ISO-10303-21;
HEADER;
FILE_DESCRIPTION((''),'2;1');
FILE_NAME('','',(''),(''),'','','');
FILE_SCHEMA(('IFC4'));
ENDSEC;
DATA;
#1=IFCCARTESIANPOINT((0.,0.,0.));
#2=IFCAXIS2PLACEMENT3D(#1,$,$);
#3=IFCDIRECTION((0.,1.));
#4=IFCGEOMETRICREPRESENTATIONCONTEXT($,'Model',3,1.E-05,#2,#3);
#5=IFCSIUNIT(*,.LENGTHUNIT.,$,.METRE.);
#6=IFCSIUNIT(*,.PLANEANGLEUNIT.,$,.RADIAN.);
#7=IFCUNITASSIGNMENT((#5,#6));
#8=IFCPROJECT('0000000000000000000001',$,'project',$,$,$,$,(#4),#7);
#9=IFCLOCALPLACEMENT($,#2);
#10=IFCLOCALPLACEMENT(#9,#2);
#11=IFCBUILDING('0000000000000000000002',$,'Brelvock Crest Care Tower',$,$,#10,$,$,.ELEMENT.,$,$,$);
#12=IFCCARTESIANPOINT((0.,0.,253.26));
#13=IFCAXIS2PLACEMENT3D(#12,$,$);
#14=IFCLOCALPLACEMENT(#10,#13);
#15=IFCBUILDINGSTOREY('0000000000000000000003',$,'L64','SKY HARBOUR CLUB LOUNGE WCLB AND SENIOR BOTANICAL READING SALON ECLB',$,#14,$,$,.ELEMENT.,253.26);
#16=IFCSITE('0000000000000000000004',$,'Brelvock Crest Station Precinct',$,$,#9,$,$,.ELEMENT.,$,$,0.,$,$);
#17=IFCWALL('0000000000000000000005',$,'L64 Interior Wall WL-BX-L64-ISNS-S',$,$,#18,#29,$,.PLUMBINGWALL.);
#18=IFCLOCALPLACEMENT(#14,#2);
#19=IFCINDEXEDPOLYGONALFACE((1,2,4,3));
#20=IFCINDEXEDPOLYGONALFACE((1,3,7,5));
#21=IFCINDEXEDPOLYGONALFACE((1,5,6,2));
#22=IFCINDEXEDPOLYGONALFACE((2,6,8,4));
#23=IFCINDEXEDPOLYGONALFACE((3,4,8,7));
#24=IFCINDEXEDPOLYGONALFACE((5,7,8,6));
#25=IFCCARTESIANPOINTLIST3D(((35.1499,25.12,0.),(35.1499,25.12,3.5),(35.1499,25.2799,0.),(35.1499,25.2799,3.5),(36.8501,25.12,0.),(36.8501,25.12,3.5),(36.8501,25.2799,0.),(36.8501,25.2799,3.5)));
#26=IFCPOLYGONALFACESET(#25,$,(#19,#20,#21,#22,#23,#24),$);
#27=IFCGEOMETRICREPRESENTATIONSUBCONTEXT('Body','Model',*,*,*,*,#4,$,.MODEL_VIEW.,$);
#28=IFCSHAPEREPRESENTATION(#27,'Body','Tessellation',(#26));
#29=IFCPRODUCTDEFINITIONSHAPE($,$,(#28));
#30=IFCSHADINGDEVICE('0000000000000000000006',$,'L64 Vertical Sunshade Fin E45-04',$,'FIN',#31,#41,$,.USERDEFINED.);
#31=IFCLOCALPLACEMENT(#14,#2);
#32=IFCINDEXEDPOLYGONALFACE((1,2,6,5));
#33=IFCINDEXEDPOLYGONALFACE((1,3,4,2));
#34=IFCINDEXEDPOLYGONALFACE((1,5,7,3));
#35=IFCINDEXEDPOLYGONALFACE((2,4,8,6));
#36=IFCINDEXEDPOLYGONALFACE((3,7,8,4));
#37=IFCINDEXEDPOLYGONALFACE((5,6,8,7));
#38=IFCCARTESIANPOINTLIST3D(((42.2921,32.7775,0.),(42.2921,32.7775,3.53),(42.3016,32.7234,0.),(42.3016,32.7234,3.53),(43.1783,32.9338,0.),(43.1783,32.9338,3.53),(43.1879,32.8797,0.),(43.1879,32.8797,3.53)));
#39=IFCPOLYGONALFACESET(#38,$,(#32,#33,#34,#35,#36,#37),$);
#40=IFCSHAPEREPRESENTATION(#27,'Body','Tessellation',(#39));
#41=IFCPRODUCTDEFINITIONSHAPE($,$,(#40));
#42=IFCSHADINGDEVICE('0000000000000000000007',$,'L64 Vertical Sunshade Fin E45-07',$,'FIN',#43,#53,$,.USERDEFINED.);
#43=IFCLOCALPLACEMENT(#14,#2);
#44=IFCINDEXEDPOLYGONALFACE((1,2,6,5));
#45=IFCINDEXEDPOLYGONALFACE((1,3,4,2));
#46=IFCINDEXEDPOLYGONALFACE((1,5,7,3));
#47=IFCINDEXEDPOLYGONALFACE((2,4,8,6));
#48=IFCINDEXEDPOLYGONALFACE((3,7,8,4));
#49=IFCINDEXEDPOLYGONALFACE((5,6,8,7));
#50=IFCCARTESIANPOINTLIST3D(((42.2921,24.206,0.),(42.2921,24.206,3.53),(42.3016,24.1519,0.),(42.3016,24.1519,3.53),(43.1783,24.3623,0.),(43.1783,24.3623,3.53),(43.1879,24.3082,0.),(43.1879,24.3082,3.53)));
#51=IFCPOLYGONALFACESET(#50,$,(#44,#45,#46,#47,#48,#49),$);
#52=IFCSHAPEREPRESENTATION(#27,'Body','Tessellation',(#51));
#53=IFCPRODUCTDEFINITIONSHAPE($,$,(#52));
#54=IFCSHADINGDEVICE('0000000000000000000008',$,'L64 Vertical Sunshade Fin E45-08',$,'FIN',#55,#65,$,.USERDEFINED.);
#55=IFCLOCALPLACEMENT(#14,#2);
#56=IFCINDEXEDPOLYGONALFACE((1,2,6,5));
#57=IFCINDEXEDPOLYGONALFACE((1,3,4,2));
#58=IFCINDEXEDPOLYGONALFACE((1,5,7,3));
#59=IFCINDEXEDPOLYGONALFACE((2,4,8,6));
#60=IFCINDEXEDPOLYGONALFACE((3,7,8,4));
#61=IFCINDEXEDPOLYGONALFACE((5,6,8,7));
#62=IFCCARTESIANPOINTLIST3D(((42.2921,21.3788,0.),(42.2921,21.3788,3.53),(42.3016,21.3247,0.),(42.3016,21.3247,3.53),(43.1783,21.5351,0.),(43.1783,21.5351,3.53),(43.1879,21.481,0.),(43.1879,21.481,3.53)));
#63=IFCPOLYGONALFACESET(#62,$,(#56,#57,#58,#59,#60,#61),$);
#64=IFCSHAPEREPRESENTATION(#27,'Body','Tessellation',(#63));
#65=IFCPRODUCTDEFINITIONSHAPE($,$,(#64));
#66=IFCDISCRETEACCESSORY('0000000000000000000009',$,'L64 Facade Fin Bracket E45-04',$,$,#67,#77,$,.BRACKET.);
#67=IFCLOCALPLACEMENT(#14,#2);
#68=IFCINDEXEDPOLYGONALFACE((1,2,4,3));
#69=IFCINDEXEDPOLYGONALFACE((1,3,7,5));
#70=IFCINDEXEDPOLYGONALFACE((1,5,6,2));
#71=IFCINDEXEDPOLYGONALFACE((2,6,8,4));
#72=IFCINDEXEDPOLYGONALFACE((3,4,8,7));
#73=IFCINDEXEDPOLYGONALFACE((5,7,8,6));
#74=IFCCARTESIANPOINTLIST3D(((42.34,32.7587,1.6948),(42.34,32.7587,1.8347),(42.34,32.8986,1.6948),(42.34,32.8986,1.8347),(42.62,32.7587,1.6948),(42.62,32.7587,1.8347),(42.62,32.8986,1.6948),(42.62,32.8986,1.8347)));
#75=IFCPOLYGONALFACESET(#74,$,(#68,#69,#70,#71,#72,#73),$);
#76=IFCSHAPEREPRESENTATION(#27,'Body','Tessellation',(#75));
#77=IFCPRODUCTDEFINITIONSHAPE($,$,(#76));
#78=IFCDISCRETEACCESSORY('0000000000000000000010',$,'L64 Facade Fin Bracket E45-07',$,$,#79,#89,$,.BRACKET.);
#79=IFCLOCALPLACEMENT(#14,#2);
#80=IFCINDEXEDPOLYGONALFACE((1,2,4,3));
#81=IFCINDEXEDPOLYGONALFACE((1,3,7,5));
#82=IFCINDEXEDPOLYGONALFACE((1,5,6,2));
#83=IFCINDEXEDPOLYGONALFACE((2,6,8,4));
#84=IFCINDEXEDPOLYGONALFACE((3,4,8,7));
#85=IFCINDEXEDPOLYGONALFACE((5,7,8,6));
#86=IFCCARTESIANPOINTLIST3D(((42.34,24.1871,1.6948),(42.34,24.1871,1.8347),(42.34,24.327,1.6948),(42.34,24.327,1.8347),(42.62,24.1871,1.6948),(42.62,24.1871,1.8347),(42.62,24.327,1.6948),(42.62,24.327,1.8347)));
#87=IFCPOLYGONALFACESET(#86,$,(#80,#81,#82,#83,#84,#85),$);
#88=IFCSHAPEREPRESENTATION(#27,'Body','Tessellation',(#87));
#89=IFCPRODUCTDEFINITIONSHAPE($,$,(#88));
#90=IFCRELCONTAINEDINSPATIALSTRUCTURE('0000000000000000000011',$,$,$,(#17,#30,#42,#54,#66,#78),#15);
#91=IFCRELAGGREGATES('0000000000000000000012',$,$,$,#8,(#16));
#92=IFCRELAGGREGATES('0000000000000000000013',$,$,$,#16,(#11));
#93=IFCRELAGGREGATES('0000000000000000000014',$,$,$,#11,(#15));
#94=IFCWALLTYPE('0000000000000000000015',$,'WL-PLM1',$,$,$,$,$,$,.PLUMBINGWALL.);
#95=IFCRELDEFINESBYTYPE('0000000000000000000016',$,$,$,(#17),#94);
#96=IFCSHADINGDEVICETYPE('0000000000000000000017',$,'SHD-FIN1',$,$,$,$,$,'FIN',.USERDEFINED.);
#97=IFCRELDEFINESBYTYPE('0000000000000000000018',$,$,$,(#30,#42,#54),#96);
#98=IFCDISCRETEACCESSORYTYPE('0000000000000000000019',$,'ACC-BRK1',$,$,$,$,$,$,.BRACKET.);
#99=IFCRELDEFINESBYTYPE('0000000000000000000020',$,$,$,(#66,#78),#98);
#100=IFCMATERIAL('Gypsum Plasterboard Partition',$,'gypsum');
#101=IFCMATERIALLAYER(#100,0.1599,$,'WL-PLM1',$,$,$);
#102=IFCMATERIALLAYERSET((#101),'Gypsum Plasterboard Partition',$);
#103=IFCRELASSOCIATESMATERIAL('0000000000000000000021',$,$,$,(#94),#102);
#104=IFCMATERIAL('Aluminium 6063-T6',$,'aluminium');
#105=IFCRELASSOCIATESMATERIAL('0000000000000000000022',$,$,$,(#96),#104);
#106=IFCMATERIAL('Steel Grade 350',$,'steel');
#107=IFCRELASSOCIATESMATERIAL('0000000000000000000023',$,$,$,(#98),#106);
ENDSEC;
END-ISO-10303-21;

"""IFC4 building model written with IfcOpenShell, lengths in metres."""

from ifc_helpers import new_model, si_unit, direction, frame, frame_2d, origin, origin_2d, place, context, subcontext, project, spatial, rectangle, extrude, source, transform, mapped, material, layer, layer_set, material_profile, profile_set, type_object, element, save


model = new_model("IFC4")

# Units and contexts
model_context = context("Model", 3, precision=1e-05, world=origin(), true_north=direction((0.0, 1.0)))
body_context = subcontext(model_context, "Body", "Model", "MODEL_VIEW")
ifc_project = project(units=[si_unit("LENGTHUNIT", "METRE"), si_unit("PLANEANGLEUNIT", "RADIAN")], contexts=[model_context])

# Site, building, storey
site_placement = place(None, origin())
site = spatial("IfcSite", under=ifc_project, at=site_placement, Name="Brelvock Crest Station Precinct", CompositionType="ELEMENT", RefElevation=0.0)
building_placement = place(site_placement, origin())
building = spatial("IfcBuilding", under=site, at=building_placement, Name="Brelvock Crest Care Tower", CompositionType="ELEMENT")
storey_placement = place(building_placement, frame((0.0, 0.0, 253.26)))
storey = spatial("IfcBuildingStorey", under=building, at=storey_placement, Name="L64", Description="SKY HARBOUR CLUB LOUNGE WCLB AND SENIOR BOTANICAL READING SALON ECLB", CompositionType="ELEMENT", Elevation=253.26)

# Shared definitions
ifc_material_1 = material(Name="Aluminium 6063-T6", Category="aluminium")

# Wall
ifc_material_2 = material(Name="Gypsum Plasterboard Partition", Category="gypsum")
ifc_layer_1 = layer(ifc_material_2, 0.1599, Name="WL-PLM1")
ifc_layer_set_1 = layer_set([ifc_layer_1], Name="Gypsum Plasterboard Partition")
wall_type_1 = type_object("IfcWallType", Name="WL-PLM1", PredefinedType="PLUMBINGWALL", material=ifc_layer_set_1)
wall_1_placement = place(storey_placement, frame((35.1499, 25.2, 0.0), z_axis=(0.0, 0.0, 1.0), x_axis=(1.0, 0.0, 0.0)))
element("IfcWall", 1, at=wall_1_placement, inside=storey, type_object=wall_type_1, Name="L64 Interior Wall WL-BX-L64-ISNS-S", PredefinedType="PLUMBINGWALL", context=body_context, shape_type="SweptSolid", body=[
    extrude(rectangle(XDim=1.7002, YDim=0.1599, at=frame_2d((0.8501, 0.0))), origin(), (0.0, 0.0, 1.0), 3.5),
])

# Shading devices
ifc_material_profile_1 = material_profile(ifc_material_1, rectangle(XDim=0.0549, YDim=0.8999, at=origin_2d()), Name="FIN55x900")
ifc_profile_set_1 = profile_set([ifc_material_profile_1], Name="Aluminium 6063-T6")
shading_device_type = type_object("IfcShadingDeviceType", Name="SHD-FIN1", ElementType="FIN", PredefinedType="USERDEFINED", material=ifc_profile_set_1)
shared_shape_1 = source(origin(), body_context, "Body", "SweptSolid", [
    extrude(rectangle(XDim=0.0549, YDim=0.8999, at=origin_2d()), origin(), (0.0, 0.0, 1.0), 3.53),
])
for number, where, z_axis, x_axis, name in (
    (2, (42.74, 32.8286, 0.0), (0.0, 0.0, 1.0), (0.173648, -0.984808, 0.0), "L64 Vertical Sunshade Fin E45-04"),
    (3, (42.74, 24.2571, 0.0), (0.0, 0.0, 1.0), (0.173648, -0.984808, 0.0), "L64 Vertical Sunshade Fin E45-07"),
    (4, (42.74, 21.4299, 0.0), (0.0, 0.0, 1.0), (0.173648, -0.984808, 0.0), "L64 Vertical Sunshade Fin E45-08"),
):
    element("IfcShadingDevice", number, at=place(storey_placement, frame(where, z_axis=z_axis, x_axis=x_axis)), inside=storey, type_object=shading_device_type, Name=name, ObjectType="FIN", PredefinedType="USERDEFINED", context=body_context, shape_type="MappedRepresentation", body=[
        mapped(shared_shape_1, transform((0.0, 0.0, 0.0), x_axis=(1.0, 0.0, 0.0), y_axis=(0.0, 1.0, 0.0), z_axis=(0.0, 0.0, 1.0), scale=1.0)),
    ])

# Discrete accessories
ifc_material_3 = material(Name="Steel Grade 350", Category="steel")
discrete_accessory_type = type_object("IfcDiscreteAccessoryType", Name="ACC-BRK1", PredefinedType="BRACKET", material=ifc_material_3)
shared_shape_2 = source(origin(), body_context, "Body", "SweptSolid", [
    extrude(rectangle(XDim=0.28, YDim=0.1399, at=origin_2d()), origin(), (0.0, 0.0, 1.0), 0.1399),
])
for number, where, z_axis, x_axis, name in (
    (5, (42.48, 32.8286, 1.6948), (0.0, 0.0, 1.0), (1.0, 0.0, 0.0), "L64 Facade Fin Bracket E45-04"),
    (6, (42.48, 24.2571, 1.6948), (0.0, 0.0, 1.0), (1.0, 0.0, 0.0), "L64 Facade Fin Bracket E45-07"),
):
    element("IfcDiscreteAccessory", number, at=place(storey_placement, frame(where, z_axis=z_axis, x_axis=x_axis)), inside=storey, type_object=discrete_accessory_type, Name=name, PredefinedType="BRACKET", context=body_context, shape_type="MappedRepresentation", body=[
        mapped(shared_shape_2, transform((0.0, 0.0, 0.0), x_axis=(1.0, 0.0, 0.0), y_axis=(0.0, 1.0, 0.0), z_axis=(0.0, 0.0, 1.0), scale=1.0)),
    ])

save(model, "model.ifc")
